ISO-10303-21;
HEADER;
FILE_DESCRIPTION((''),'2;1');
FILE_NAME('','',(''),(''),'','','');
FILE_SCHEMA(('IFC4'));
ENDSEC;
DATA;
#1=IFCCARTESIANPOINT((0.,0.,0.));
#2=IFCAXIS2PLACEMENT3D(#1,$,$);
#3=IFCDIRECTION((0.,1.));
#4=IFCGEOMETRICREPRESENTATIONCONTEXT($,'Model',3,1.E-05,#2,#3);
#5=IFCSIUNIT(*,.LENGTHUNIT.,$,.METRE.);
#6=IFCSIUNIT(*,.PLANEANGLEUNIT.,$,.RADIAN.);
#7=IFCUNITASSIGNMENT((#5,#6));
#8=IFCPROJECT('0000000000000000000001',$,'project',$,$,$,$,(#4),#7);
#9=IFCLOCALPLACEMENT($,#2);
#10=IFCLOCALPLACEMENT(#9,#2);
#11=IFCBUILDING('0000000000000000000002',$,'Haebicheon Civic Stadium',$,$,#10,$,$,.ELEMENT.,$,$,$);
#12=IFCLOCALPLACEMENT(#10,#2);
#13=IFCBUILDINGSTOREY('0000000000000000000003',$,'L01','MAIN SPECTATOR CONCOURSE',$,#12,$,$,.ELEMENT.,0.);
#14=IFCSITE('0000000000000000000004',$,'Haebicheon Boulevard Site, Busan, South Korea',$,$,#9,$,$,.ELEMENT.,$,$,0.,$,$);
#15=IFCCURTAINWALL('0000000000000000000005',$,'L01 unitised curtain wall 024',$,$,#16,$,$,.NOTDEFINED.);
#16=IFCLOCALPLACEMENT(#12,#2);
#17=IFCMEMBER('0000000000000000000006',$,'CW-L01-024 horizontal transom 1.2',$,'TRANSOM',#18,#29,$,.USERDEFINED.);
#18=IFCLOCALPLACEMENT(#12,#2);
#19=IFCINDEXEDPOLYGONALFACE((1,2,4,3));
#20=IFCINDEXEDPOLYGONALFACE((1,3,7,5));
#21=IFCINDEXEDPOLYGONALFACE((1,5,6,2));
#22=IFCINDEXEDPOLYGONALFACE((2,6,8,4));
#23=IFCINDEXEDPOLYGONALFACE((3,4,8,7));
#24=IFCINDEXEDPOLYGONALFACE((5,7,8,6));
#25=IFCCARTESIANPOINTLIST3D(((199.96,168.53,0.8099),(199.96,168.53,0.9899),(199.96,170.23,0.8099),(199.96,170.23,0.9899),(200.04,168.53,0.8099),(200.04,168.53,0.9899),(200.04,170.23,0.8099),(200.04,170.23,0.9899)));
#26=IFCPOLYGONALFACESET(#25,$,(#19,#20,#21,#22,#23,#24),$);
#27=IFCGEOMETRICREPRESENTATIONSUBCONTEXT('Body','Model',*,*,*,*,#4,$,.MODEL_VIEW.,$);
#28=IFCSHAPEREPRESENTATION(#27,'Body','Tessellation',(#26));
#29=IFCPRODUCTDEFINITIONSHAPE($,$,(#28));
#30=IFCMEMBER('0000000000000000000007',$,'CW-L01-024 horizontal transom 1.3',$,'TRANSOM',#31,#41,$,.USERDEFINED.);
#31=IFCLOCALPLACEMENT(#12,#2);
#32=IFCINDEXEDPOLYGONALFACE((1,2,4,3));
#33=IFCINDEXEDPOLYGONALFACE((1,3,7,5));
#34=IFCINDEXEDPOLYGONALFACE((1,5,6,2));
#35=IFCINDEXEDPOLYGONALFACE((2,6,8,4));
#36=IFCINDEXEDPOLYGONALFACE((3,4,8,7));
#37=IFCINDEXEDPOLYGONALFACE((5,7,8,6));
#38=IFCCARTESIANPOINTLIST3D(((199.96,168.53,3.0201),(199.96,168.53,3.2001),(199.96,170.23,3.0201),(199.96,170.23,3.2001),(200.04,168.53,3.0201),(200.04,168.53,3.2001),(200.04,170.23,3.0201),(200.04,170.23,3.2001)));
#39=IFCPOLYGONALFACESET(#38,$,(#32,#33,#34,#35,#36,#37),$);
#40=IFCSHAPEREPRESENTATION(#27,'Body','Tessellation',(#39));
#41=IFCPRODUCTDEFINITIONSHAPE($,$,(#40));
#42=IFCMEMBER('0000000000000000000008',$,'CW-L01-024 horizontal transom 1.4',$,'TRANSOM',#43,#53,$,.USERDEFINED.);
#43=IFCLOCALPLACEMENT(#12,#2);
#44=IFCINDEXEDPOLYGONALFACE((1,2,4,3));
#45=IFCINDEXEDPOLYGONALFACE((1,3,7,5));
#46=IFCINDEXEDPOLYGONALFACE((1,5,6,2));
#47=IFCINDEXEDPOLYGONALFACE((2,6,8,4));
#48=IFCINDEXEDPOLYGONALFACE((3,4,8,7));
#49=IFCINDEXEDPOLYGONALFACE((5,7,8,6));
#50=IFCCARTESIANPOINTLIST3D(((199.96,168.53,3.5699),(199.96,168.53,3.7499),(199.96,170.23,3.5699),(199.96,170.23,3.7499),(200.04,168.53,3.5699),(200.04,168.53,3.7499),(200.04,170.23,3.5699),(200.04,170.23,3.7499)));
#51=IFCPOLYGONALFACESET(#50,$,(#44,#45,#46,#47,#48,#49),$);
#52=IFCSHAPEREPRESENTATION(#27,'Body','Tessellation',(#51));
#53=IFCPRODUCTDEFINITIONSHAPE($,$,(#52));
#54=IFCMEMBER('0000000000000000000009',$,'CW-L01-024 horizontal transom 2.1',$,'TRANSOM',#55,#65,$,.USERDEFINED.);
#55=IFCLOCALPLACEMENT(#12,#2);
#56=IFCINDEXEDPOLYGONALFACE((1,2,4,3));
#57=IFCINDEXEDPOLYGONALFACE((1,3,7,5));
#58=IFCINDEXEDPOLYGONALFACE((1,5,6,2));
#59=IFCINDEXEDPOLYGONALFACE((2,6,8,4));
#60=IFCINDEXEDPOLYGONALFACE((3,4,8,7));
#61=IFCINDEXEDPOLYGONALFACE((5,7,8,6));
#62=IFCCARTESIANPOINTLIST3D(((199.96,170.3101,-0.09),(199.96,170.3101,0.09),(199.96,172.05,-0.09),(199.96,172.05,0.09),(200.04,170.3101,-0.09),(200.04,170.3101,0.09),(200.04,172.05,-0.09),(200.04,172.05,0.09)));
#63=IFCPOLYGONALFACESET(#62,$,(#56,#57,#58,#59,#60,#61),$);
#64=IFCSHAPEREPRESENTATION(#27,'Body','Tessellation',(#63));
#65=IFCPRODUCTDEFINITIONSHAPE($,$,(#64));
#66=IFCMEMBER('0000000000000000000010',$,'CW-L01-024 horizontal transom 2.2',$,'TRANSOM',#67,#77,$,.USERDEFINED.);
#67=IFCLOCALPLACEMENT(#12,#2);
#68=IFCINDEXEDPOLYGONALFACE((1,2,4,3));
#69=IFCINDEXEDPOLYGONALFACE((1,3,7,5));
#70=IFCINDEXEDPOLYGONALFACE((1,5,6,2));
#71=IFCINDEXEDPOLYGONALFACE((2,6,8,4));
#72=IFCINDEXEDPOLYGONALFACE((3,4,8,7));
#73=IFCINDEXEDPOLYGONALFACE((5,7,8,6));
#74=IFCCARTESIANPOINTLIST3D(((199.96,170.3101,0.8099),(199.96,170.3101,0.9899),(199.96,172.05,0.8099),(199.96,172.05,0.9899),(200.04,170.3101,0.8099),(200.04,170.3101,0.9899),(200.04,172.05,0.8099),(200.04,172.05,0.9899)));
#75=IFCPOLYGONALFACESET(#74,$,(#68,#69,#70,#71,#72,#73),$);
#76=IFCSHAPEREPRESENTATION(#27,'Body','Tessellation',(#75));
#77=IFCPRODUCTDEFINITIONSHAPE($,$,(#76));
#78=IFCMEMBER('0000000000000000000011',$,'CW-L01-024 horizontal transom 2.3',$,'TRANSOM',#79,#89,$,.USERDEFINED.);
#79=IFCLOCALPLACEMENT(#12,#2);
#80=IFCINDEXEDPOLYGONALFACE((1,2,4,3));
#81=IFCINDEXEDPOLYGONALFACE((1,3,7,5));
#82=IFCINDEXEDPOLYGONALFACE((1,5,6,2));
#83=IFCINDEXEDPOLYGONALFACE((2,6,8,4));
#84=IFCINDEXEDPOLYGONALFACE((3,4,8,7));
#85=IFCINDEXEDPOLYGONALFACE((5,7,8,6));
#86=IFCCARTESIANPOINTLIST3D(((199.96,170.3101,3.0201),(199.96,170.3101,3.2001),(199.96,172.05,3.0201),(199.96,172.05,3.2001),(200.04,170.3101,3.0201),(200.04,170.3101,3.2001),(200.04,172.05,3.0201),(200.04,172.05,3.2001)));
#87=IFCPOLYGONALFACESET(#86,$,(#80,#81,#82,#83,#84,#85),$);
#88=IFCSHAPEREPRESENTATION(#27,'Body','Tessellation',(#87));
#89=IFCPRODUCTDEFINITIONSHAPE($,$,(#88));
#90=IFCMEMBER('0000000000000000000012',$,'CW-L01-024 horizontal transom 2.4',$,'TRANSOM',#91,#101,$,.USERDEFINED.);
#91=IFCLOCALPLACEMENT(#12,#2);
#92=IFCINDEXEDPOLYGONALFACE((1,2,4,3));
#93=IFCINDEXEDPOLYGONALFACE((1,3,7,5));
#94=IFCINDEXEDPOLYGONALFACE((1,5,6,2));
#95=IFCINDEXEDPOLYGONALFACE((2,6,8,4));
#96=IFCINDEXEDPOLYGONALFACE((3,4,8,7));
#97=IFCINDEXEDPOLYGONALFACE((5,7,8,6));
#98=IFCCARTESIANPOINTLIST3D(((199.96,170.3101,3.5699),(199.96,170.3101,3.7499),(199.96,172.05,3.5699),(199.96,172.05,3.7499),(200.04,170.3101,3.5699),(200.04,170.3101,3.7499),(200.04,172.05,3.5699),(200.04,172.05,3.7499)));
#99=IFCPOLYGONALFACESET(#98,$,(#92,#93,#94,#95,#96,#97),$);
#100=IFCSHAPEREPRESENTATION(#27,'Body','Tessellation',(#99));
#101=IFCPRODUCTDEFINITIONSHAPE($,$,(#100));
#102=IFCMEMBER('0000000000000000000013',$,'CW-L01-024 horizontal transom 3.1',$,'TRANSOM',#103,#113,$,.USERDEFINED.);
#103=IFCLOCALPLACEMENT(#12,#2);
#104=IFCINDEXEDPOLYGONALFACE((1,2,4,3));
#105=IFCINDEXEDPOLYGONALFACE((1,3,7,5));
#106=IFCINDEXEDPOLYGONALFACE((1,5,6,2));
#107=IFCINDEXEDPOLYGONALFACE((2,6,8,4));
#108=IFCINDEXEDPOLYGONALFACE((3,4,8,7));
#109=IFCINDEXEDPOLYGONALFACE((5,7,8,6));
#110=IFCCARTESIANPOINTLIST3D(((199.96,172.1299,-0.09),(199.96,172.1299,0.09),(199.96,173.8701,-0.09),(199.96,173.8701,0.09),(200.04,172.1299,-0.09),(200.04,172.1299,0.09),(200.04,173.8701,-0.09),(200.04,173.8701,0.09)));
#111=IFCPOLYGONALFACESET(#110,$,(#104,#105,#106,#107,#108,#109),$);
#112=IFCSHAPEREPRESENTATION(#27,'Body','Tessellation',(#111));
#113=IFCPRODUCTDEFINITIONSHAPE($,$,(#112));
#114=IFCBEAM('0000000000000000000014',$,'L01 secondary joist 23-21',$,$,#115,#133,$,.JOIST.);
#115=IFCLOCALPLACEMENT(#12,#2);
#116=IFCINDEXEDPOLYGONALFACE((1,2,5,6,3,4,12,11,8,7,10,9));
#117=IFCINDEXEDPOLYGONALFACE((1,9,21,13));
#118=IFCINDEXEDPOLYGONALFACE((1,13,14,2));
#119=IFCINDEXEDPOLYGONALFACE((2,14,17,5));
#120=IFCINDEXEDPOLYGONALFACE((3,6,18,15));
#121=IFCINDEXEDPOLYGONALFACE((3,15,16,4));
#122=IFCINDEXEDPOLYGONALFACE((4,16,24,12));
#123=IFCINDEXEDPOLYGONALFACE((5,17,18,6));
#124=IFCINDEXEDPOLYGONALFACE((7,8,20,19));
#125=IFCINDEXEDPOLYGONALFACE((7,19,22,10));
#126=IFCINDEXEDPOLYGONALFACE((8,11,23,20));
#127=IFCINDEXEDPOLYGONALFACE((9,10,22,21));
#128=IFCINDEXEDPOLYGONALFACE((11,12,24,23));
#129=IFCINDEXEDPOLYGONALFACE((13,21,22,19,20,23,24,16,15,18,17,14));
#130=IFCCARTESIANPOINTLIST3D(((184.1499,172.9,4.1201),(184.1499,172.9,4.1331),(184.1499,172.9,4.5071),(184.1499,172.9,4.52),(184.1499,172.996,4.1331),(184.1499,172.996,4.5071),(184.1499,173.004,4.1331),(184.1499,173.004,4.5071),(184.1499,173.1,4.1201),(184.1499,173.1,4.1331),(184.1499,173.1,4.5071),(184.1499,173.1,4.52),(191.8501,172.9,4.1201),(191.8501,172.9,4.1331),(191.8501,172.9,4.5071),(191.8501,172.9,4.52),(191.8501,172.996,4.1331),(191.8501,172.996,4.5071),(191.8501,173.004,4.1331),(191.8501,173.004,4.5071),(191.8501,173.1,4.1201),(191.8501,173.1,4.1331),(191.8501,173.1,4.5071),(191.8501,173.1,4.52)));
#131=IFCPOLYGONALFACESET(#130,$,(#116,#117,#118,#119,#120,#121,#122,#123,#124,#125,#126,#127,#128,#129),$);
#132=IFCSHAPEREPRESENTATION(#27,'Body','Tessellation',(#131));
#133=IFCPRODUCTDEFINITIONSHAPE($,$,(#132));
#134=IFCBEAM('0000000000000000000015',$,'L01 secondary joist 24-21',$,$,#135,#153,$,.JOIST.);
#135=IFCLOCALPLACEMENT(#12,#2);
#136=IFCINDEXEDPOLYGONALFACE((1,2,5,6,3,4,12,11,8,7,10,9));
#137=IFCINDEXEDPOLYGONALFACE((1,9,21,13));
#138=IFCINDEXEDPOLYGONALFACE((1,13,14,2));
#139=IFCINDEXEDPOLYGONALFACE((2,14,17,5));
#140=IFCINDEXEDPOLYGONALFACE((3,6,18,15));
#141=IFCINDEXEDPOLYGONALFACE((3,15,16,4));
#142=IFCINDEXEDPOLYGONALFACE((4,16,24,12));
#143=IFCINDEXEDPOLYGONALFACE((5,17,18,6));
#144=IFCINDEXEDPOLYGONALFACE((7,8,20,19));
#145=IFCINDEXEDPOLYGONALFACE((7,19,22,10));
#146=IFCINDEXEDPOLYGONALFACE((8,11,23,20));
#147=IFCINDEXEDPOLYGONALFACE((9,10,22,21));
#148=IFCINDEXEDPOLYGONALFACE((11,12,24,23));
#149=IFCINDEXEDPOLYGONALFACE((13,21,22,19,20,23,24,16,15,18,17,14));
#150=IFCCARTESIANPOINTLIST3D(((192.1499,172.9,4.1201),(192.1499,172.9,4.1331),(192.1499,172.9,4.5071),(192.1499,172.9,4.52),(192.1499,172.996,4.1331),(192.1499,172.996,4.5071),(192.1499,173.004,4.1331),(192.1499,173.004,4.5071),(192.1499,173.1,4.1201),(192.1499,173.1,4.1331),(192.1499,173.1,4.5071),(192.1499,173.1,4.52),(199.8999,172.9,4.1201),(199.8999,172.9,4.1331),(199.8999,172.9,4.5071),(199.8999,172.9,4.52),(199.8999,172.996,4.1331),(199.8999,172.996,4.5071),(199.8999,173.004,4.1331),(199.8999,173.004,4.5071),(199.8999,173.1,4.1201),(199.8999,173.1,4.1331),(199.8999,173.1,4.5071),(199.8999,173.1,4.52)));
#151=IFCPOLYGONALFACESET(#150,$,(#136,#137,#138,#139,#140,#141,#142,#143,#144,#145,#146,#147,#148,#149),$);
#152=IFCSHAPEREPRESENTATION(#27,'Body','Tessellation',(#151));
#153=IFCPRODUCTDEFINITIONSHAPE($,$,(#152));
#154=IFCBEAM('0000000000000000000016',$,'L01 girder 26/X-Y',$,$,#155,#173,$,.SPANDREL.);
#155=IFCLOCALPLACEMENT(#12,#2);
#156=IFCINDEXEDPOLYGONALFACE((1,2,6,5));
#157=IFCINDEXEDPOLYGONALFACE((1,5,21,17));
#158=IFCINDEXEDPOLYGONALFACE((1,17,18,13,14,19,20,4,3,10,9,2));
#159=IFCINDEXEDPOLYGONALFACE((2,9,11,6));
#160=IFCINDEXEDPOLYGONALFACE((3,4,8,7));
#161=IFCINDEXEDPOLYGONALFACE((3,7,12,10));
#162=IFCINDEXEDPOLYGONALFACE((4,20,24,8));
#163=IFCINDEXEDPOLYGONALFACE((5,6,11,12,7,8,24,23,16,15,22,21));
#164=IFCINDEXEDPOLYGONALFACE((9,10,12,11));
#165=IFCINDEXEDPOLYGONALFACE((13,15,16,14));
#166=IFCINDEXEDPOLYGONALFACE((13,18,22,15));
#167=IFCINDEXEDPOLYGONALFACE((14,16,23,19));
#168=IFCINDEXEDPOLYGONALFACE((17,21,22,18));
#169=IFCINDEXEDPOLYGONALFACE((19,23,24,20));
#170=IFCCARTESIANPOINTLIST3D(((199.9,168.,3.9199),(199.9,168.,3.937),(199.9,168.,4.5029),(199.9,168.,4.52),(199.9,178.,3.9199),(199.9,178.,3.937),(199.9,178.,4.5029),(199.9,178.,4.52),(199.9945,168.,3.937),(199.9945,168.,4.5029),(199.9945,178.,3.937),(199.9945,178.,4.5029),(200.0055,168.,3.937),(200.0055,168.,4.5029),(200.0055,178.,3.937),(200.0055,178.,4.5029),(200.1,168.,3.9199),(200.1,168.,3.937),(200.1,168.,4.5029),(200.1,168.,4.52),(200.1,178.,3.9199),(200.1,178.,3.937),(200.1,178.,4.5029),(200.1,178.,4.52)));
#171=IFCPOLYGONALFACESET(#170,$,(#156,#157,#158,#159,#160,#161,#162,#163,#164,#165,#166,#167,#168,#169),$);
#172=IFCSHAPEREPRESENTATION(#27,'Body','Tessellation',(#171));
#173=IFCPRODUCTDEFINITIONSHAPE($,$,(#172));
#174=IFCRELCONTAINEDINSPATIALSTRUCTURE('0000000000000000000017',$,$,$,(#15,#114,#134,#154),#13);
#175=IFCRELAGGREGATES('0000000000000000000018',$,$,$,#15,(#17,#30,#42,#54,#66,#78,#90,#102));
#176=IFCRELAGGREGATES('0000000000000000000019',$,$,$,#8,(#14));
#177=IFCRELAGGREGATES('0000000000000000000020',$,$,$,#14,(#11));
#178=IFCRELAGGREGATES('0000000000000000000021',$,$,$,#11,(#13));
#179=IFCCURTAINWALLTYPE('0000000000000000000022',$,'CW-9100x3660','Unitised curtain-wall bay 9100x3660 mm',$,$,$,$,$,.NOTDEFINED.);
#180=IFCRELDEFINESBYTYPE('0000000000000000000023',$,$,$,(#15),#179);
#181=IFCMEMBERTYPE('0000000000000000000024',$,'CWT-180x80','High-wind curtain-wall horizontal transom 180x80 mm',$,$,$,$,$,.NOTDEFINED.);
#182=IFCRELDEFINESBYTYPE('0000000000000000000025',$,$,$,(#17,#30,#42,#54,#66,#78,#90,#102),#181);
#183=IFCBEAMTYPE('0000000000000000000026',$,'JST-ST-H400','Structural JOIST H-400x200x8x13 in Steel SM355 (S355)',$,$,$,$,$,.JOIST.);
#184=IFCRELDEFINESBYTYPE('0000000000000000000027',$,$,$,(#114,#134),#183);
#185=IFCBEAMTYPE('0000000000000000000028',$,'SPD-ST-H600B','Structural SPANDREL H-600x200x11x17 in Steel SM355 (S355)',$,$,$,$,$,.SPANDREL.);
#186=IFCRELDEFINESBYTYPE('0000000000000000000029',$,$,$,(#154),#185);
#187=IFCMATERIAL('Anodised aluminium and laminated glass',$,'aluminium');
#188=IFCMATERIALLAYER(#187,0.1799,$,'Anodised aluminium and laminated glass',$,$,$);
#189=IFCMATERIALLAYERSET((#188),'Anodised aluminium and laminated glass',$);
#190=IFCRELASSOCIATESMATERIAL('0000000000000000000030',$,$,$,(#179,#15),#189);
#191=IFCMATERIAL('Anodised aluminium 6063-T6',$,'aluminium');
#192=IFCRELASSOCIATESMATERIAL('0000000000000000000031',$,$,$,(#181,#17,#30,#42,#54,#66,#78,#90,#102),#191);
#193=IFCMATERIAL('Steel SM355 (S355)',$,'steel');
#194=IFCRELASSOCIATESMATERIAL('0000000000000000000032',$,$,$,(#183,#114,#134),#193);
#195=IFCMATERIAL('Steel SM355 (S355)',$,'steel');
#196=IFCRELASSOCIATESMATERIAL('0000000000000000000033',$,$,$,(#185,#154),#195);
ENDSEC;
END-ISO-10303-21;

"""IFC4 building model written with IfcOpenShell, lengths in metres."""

from ifc_helpers import new_model, si_unit, direction, frame, origin, origin_2d, place, context, subcontext, project, spatial, rectangle, i_section, extrude, material, layer, layer_set, material_profile, profile_set, type_object, element, aggregate, save


model = new_model("IFC4")

# Units and contexts
model_context = context("Model", 3, precision=1e-05, world=origin(), true_north=direction((0.0, 1.0)))
body_context = subcontext(model_context, "Body", "Model", "MODEL_VIEW")
ifc_project = project(units=[si_unit("LENGTHUNIT", "METRE"), si_unit("PLANEANGLEUNIT", "RADIAN")], contexts=[model_context])

# Site, building, storey
site_placement = place(None, origin())
site = spatial("IfcSite", under=ifc_project, at=site_placement, Name="Haebicheon Boulevard Site, Busan, South Korea", CompositionType="ELEMENT", RefElevation=0.0)
building_placement = place(site_placement, origin())
building = spatial("IfcBuilding", under=site, at=building_placement, Name="Haebicheon Civic Stadium", CompositionType="ELEMENT")
storey_placement = place(building_placement, origin())
storey = spatial("IfcBuildingStorey", under=building, at=storey_placement, Name="L01", Description="MAIN SPECTATOR CONCOURSE", CompositionType="ELEMENT", Elevation=0.0)

# Curtain wall
ifc_material_1 = material(Name="Anodised aluminium and laminated glass", Category="aluminium")
ifc_layer_1 = layer(ifc_material_1, 0.1799, Name="Anodised aluminium and laminated glass")
ifc_layer_set_1 = layer_set([ifc_layer_1], Name="Anodised aluminium and laminated glass")
curtain_wall_type_1 = type_object("IfcCurtainWallType", Name="CW-9100x3660", Description="Unitised curtain-wall bay 9100x3660 mm", PredefinedType="NOTDEFINED", material=ifc_layer_set_1)
curtain_wall_1_placement = place(storey_placement, origin())
curtain_wall_1 = element("IfcCurtainWall", 1, at=curtain_wall_1_placement, inside=storey, type_object=curtain_wall_type_1, material=ifc_layer_set_1, Name="L01 unitised curtain wall 024", PredefinedType="NOTDEFINED")

# Members
ifc_material_2 = material(Name="Anodised aluminium 6063-T6", Category="aluminium")
ifc_material_profile_1 = material_profile(ifc_material_2, rectangle(XDim=0.0801, YDim=0.1799, at=origin_2d()), Name="ALU-TRAN-80x180")
ifc_profile_set_1 = profile_set([ifc_material_profile_1], Name="Anodised aluminium 6063-T6")
member_type_1 = type_object("IfcMemberType", Name="CWT-180x80", Description="High-wind curtain-wall horizontal transom 180x80 mm", PredefinedType="NOTDEFINED", material=ifc_profile_set_1)
member_1_placement = place(storey_placement, frame((200.0, 168.53, 0.8999), z_axis=(0.0, 1.0, 0.0), x_axis=(-1.0, 0.0, 0.0)))
member_1 = element("IfcMember", 2, at=member_1_placement, type_object=member_type_1, material=ifc_profile_set_1, Name="CW-L01-024 horizontal transom 1.2", ObjectType="TRANSOM", PredefinedType="USERDEFINED", context=body_context, shape_type="SweptSolid", body=[
    extrude(rectangle(XDim=0.0801, YDim=0.1799, at=origin_2d()), origin(), (0.0, 0.0, 1.0), 1.7),
])
member_2_placement = place(storey_placement, frame((200.0, 168.53, 3.1101), z_axis=(0.0, 1.0, 0.0), x_axis=(-1.0, 0.0, 0.0)))
member_2 = element("IfcMember", 3, at=member_2_placement, type_object=member_type_1, material=ifc_profile_set_1, Name="CW-L01-024 horizontal transom 1.3", ObjectType="TRANSOM", PredefinedType="USERDEFINED", context=body_context, shape_type="SweptSolid", body=[
    extrude(rectangle(XDim=0.0801, YDim=0.1799, at=origin_2d()), origin(), (0.0, 0.0, 1.0), 1.7),
])
member_3_placement = place(storey_placement, frame((200.0, 168.53, 3.6599), z_axis=(0.0, 1.0, 0.0), x_axis=(-1.0, 0.0, 0.0)))
member_3 = element("IfcMember", 4, at=member_3_placement, type_object=member_type_1, material=ifc_profile_set_1, Name="CW-L01-024 horizontal transom 1.4", ObjectType="TRANSOM", PredefinedType="USERDEFINED", context=body_context, shape_type="SweptSolid", body=[
    extrude(rectangle(XDim=0.0801, YDim=0.1799, at=origin_2d()), origin(), (0.0, 0.0, 1.0), 1.7),
])
member_4_placement = place(storey_placement, frame((200.0, 170.3101, 0.0), z_axis=(0.0, 1.0, 0.0), x_axis=(-1.0, 0.0, 0.0)))
member_4 = element("IfcMember", 5, at=member_4_placement, type_object=member_type_1, material=ifc_profile_set_1, Name="CW-L01-024 horizontal transom 2.1", ObjectType="TRANSOM", PredefinedType="USERDEFINED", context=body_context, shape_type="SweptSolid", body=[
    extrude(rectangle(XDim=0.0801, YDim=0.1799, at=origin_2d()), origin(), (0.0, 0.0, 1.0), 1.74),
])
member_5_placement = place(storey_placement, frame((200.0, 170.3101, 0.8999), z_axis=(0.0, 1.0, 0.0), x_axis=(-1.0, 0.0, 0.0)))
member_5 = element("IfcMember", 6, at=member_5_placement, type_object=member_type_1, material=ifc_profile_set_1, Name="CW-L01-024 horizontal transom 2.2", ObjectType="TRANSOM", PredefinedType="USERDEFINED", context=body_context, shape_type="SweptSolid", body=[
    extrude(rectangle(XDim=0.0801, YDim=0.1799, at=origin_2d()), origin(), (0.0, 0.0, 1.0), 1.74),
])
member_6_placement = place(storey_placement, frame((200.0, 170.3101, 3.1101), z_axis=(0.0, 1.0, 0.0), x_axis=(-1.0, 0.0, 0.0)))
member_6 = element("IfcMember", 7, at=member_6_placement, type_object=member_type_1, material=ifc_profile_set_1, Name="CW-L01-024 horizontal transom 2.3", ObjectType="TRANSOM", PredefinedType="USERDEFINED", context=body_context, shape_type="SweptSolid", body=[
    extrude(rectangle(XDim=0.0801, YDim=0.1799, at=origin_2d()), origin(), (0.0, 0.0, 1.0), 1.74),
])
member_7_placement = place(storey_placement, frame((200.0, 170.3101, 3.6599), z_axis=(0.0, 1.0, 0.0), x_axis=(-1.0, 0.0, 0.0)))
member_7 = element("IfcMember", 8, at=member_7_placement, type_object=member_type_1, material=ifc_profile_set_1, Name="CW-L01-024 horizontal transom 2.4", ObjectType="TRANSOM", PredefinedType="USERDEFINED", context=body_context, shape_type="SweptSolid", body=[
    extrude(rectangle(XDim=0.0801, YDim=0.1799, at=origin_2d()), origin(), (0.0, 0.0, 1.0), 1.74),
])
member_8_placement = place(storey_placement, frame((200.0, 172.1299, 0.0), z_axis=(0.0, 1.0, 0.0), x_axis=(-1.0, 0.0, 0.0)))
member_8 = element("IfcMember", 9, at=member_8_placement, type_object=member_type_1, material=ifc_profile_set_1, Name="CW-L01-024 horizontal transom 3.1", ObjectType="TRANSOM", PredefinedType="USERDEFINED", context=body_context, shape_type="SweptSolid", body=[
    extrude(rectangle(XDim=0.0801, YDim=0.1799, at=origin_2d()), origin(), (0.0, 0.0, 1.0), 1.7402),
])

# Beams
ifc_material_3 = material(Name="Steel SM355 (S355)", Category="steel")
ifc_material_profile_2 = material_profile(ifc_material_3, i_section(OverallWidth=0.2, OverallDepth=0.3999, WebThickness=0.0081, FlangeThickness=0.0129, at=origin_2d()), Name="H-400x200x8x13")
ifc_profile_set_2 = profile_set([ifc_material_profile_2], Name="Steel SM355 (S355)")
beam_type_1 = type_object("IfcBeamType", Name="JST-ST-H400", Description="Structural JOIST H-400x200x8x13 in Steel SM355 (S355)", PredefinedType="JOIST", material=ifc_profile_set_2)
beam_1_placement = place(storey_placement, frame((184.1499, 173.0, 4.3201), z_axis=(1.0, 0.0, 0.0), x_axis=(0.0, 1.0, 0.0)))
element("IfcBeam", 10, at=beam_1_placement, inside=storey, type_object=beam_type_1, material=ifc_profile_set_2, Name="L01 secondary joist 23-21", PredefinedType="JOIST", context=body_context, shape_type="SweptSolid", body=[
    extrude(i_section(OverallWidth=0.2, OverallDepth=0.3999, WebThickness=0.0081, FlangeThickness=0.0129, at=origin_2d()), origin(), (0.0, 0.0, 1.0), 7.7002),
])
beam_2_placement = place(storey_placement, frame((192.1499, 173.0, 4.3201), z_axis=(1.0, 0.0, 0.0), x_axis=(0.0, 1.0, 0.0)))
element("IfcBeam", 11, at=beam_2_placement, inside=storey, type_object=beam_type_1, material=ifc_profile_set_2, Name="L01 secondary joist 24-21", PredefinedType="JOIST", context=body_context, shape_type="SweptSolid", body=[
    extrude(i_section(OverallWidth=0.2, OverallDepth=0.3999, WebThickness=0.0081, FlangeThickness=0.0129, at=origin_2d()), origin(), (0.0, 0.0, 1.0), 7.75),
])
ifc_material_4 = material(Name="Steel SM355 (S355)", Category="steel")
ifc_material_profile_3 = material_profile(ifc_material_4, i_section(OverallWidth=0.2, OverallDepth=0.6001, WebThickness=0.011, FlangeThickness=0.0171, at=origin_2d()), Name="H-600x200x11x17")
ifc_profile_set_3 = profile_set([ifc_material_profile_3], Name="Steel SM355 (S355)")
beam_type_2 = type_object("IfcBeamType", Name="SPD-ST-H600B", Description="Structural SPANDREL H-600x200x11x17 in Steel SM355 (S355)", PredefinedType="SPANDREL", material=ifc_profile_set_3)
beam_3_placement = place(storey_placement, frame((200.0, 168.0, 4.22), z_axis=(0.0, 1.0, 0.0), x_axis=(-1.0, 0.0, 0.0)))
element("IfcBeam", 12, at=beam_3_placement, inside=storey, type_object=beam_type_2, material=ifc_profile_set_3, Name="L01 girder 26/X-Y", PredefinedType="SPANDREL", context=body_context, shape_type="SweptSolid", body=[
    extrude(i_section(OverallWidth=0.2, OverallDepth=0.6001, WebThickness=0.011, FlangeThickness=0.0171, at=origin_2d()), origin(), (0.0, 0.0, 1.0), 10.0),
])

aggregate(curtain_wall_1, [member_1, member_2, member_3, member_4, member_5, member_6, member_7, member_8])

save(model, "model.ifc")
